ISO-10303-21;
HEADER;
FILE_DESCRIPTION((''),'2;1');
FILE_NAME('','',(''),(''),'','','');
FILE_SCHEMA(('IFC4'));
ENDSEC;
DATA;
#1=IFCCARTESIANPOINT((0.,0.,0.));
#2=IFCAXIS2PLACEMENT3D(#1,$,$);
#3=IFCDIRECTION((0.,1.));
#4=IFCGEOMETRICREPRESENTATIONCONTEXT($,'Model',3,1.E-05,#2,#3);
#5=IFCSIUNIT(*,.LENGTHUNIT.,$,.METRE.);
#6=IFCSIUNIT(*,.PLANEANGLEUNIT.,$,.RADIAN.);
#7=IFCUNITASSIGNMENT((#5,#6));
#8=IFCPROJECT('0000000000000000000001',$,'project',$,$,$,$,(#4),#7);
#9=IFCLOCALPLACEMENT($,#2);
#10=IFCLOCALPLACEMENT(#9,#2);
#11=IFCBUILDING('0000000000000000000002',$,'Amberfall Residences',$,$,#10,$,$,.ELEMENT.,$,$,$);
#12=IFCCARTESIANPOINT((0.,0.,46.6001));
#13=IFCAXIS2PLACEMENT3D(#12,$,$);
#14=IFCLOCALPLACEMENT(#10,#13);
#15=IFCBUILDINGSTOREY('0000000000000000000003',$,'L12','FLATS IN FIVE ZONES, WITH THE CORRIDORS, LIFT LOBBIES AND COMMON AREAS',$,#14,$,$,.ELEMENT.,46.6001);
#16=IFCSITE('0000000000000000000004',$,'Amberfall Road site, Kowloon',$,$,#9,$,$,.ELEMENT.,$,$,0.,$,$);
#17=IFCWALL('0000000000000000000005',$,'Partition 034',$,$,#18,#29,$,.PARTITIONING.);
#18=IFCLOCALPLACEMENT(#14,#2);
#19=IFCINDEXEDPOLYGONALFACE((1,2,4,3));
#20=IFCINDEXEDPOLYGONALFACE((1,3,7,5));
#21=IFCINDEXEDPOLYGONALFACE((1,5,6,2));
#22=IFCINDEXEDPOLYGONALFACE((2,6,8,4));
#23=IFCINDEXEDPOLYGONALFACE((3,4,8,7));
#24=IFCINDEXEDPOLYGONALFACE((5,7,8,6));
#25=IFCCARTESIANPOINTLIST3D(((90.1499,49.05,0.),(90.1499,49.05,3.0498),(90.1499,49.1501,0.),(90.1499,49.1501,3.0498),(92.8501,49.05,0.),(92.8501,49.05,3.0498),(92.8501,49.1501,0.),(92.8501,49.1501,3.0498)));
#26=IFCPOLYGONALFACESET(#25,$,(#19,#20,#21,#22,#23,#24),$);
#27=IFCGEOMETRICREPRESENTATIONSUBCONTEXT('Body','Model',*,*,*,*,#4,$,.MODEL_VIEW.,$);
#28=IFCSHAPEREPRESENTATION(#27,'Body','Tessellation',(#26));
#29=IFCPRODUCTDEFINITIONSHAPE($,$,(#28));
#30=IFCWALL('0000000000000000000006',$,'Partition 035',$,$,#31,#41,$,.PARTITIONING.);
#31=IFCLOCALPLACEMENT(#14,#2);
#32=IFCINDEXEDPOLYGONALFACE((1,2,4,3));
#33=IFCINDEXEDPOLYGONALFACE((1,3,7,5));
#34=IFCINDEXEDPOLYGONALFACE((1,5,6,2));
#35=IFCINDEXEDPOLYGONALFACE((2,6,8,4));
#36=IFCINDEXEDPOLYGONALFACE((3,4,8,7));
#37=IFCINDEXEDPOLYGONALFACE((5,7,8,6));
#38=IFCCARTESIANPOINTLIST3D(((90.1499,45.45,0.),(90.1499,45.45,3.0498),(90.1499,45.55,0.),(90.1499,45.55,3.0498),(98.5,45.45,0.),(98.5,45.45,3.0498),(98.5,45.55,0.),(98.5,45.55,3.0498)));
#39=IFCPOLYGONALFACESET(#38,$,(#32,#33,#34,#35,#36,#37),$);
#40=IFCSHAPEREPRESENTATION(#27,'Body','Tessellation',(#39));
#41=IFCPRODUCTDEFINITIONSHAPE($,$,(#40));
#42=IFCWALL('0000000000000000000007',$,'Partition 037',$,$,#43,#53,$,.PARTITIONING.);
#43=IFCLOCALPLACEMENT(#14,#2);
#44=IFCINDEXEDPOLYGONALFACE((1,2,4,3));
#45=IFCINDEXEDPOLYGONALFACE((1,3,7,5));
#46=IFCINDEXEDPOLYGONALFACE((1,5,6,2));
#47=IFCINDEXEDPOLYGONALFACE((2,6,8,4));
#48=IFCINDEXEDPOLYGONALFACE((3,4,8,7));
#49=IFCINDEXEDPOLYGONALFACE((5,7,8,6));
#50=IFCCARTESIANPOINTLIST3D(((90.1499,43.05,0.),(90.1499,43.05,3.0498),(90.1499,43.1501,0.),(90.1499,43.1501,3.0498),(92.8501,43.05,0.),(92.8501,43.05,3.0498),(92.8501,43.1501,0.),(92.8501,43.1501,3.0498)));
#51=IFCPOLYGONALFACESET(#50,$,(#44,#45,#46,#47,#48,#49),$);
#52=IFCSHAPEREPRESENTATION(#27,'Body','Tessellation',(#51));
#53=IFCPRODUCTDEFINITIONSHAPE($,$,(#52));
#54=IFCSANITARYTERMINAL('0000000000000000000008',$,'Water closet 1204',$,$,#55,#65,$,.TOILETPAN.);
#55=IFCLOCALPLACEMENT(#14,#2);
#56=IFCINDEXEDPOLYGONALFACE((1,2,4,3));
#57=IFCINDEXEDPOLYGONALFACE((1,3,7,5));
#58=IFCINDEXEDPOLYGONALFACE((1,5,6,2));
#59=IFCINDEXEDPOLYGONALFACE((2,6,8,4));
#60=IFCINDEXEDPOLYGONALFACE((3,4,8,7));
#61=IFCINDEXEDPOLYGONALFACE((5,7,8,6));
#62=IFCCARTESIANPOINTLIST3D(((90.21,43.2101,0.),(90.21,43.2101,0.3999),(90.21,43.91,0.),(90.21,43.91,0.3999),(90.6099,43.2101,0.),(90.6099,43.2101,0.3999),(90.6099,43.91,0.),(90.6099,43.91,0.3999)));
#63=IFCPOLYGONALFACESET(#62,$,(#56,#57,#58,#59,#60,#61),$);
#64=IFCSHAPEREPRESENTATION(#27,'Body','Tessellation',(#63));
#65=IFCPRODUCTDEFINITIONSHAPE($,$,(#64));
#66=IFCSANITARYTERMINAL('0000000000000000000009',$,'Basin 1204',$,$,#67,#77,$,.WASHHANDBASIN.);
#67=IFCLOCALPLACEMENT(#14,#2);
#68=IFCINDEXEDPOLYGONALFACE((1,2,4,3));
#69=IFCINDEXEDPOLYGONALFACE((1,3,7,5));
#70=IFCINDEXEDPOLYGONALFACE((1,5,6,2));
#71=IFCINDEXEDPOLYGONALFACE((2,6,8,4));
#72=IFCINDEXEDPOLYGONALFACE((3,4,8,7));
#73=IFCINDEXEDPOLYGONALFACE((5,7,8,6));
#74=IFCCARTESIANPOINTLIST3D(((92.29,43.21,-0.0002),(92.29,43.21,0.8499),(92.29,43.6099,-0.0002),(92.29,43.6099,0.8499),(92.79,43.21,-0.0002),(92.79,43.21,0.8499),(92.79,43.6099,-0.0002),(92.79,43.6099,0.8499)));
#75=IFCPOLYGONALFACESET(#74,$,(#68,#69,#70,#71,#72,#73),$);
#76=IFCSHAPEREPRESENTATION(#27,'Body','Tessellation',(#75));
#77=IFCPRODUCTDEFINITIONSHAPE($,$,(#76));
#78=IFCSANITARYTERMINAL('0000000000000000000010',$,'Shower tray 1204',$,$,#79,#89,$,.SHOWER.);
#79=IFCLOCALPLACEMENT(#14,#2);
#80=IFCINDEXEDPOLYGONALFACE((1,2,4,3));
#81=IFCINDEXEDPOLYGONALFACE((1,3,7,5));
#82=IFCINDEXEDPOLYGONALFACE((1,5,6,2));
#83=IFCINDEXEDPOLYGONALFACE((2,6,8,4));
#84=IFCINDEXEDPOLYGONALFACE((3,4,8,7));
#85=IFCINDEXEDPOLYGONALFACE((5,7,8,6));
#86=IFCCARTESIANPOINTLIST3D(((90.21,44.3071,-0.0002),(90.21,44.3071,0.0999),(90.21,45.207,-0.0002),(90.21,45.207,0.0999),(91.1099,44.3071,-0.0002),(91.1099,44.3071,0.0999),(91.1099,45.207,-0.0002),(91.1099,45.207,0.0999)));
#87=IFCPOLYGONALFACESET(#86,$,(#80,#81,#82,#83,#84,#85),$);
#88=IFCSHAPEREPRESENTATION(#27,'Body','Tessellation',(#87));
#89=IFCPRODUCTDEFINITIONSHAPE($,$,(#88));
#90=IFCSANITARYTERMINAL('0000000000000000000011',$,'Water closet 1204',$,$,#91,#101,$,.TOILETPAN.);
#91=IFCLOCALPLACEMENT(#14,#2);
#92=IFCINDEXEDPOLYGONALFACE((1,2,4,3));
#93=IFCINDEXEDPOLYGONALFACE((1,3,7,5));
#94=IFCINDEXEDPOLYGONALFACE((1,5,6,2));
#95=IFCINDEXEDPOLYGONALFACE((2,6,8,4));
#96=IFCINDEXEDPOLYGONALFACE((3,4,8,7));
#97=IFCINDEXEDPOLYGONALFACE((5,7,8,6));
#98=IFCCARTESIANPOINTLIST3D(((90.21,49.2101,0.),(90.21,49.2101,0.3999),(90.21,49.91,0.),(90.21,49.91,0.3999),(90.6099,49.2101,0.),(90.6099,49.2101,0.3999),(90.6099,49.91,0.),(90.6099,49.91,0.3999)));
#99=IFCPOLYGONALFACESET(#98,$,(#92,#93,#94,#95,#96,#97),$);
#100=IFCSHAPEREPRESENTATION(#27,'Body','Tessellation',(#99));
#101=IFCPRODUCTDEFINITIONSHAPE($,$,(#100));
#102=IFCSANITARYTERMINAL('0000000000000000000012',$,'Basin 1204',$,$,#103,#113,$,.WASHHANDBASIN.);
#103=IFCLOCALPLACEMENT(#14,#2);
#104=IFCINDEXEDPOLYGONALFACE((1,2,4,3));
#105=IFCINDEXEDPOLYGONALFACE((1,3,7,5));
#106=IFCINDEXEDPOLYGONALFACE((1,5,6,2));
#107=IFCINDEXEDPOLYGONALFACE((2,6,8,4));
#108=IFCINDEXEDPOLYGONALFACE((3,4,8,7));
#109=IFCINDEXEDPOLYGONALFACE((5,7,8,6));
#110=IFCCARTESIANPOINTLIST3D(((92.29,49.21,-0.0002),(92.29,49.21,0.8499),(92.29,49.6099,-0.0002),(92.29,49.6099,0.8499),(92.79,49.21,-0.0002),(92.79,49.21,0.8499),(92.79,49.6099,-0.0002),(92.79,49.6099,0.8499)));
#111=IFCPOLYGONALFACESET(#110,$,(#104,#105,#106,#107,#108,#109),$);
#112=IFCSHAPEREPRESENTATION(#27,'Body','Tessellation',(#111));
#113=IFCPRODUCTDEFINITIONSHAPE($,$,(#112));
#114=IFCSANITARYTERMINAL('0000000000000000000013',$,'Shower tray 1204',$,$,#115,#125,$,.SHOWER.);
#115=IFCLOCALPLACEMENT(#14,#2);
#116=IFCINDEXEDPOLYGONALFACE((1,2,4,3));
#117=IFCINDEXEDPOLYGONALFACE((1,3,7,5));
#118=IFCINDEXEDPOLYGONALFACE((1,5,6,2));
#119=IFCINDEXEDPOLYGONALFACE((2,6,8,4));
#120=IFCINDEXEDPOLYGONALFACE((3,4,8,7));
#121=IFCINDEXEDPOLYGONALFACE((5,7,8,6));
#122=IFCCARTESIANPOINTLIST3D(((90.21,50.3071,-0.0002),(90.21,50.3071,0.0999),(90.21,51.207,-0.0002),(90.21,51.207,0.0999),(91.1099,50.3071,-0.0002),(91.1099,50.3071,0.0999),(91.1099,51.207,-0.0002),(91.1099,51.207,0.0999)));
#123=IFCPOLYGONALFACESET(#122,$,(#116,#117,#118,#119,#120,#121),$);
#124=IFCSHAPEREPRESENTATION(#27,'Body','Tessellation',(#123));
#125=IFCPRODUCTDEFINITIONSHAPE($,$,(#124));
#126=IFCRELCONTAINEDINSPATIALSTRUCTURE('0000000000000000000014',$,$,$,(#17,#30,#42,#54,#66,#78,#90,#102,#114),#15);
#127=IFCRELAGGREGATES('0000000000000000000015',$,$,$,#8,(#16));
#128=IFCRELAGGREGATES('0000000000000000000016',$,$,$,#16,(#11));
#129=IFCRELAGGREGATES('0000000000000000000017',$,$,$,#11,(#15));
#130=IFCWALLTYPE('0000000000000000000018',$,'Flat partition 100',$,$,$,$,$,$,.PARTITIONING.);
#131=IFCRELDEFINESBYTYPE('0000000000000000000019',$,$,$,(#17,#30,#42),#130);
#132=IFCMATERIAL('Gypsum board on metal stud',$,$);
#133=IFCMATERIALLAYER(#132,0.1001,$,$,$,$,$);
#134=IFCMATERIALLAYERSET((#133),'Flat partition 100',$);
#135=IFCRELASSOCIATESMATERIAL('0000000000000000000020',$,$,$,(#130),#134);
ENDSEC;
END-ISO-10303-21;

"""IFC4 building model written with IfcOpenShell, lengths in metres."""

from ifc_helpers import new_model, si_unit, direction, frame, frame_2d, origin, origin_2d, place, context, subcontext, project, spatial, rectangle, extrude, material, layer, layer_set, type_object, element, save


model = new_model("IFC4")

# Units and contexts
model_context = context("Model", 3, precision=1e-05, world=origin(), true_north=direction((0.0, 1.0)))
body_context = subcontext(model_context, "Body", "Model", "MODEL_VIEW")
ifc_project = project(units=[si_unit("LENGTHUNIT", "METRE"), si_unit("PLANEANGLEUNIT", "RADIAN")], contexts=[model_context])

# Site, building, storey
site_placement = place(None, origin())
site = spatial("IfcSite", under=ifc_project, at=site_placement, Name="Amberfall Road site, Kowloon", CompositionType="ELEMENT", RefElevation=0.0)
building_placement = place(site_placement, origin())
building = spatial("IfcBuilding", under=site, at=building_placement, Name="Amberfall Residences", CompositionType="ELEMENT")
storey_placement = place(building_placement, frame((0.0, 0.0, 46.6001)))
storey = spatial("IfcBuildingStorey", under=building, at=storey_placement, Name="L12", Description="FLATS IN FIVE ZONES, WITH THE CORRIDORS, LIFT LOBBIES AND COMMON AREAS", CompositionType="ELEMENT", Elevation=46.6001)

# Walls
ifc_material_1 = material(Name="Gypsum board on metal stud")
ifc_layer_1 = layer(ifc_material_1, 0.1001)
ifc_layer_set_1 = layer_set([ifc_layer_1], Name="Flat partition 100")
wall_type_1 = type_object("IfcWallType", Name="Flat partition 100", PredefinedType="PARTITIONING", material=ifc_layer_set_1)
wall_1_placement = place(storey_placement, frame((90.1499, 49.1001, 0.0), z_axis=(0.0, 0.0, 1.0), x_axis=(1.0, 0.0, 0.0)))
element("IfcWall", 1, at=wall_1_placement, inside=storey, type_object=wall_type_1, Name="Partition 034", PredefinedType="PARTITIONING", context=body_context, shape_type="SweptSolid", body=[
    extrude(rectangle(XDim=2.7002, YDim=0.1001, at=frame_2d((1.3501, 0.0))), origin(), (0.0, 0.0, 1.0), 3.0498),
])
wall_2_placement = place(storey_placement, frame((90.1499, 45.5, 0.0), z_axis=(0.0, 0.0, 1.0), x_axis=(1.0, 0.0, 0.0)))
element("IfcWall", 2, at=wall_2_placement, inside=storey, type_object=wall_type_1, Name="Partition 035", PredefinedType="PARTITIONING", context=body_context, shape_type="SweptSolid", body=[
    extrude(rectangle(XDim=8.3501, YDim=0.1001, at=frame_2d((4.175, 0.0))), origin(), (0.0, 0.0, 1.0), 3.0498),
])
wall_3_placement = place(storey_placement, frame((90.1499, 43.1001, 0.0), z_axis=(0.0, 0.0, 1.0), x_axis=(1.0, 0.0, 0.0)))
element("IfcWall", 3, at=wall_3_placement, inside=storey, type_object=wall_type_1, Name="Partition 037", PredefinedType="PARTITIONING", context=body_context, shape_type="SweptSolid", body=[
    extrude(rectangle(XDim=2.7002, YDim=0.1001, at=frame_2d((1.3501, 0.0))), origin(), (0.0, 0.0, 1.0), 3.0498),
])

# Sanitary terminals
sanitary_terminal_1_placement = place(storey_placement, frame((90.4099, 43.5601, 0.0), z_axis=(0.0, 0.0, 1.0), x_axis=(1.0, 0.0, 0.0)))
element("IfcSanitaryTerminal", 4, at=sanitary_terminal_1_placement, inside=storey, Name="Water closet 1204", PredefinedType="TOILETPAN", context=body_context, shape_type="SweptSolid", body=[
    extrude(rectangle(XDim=0.3999, YDim=0.7, at=origin_2d()), origin(), (0.0, 0.0, 1.0), 0.3999),
])
sanitary_terminal_2_placement = place(storey_placement, frame((92.54, 43.4099, -0.0002), z_axis=(0.0, 0.0, 1.0), x_axis=(1.0, 0.0, 0.0)))
element("IfcSanitaryTerminal", 5, at=sanitary_terminal_2_placement, inside=storey, Name="Basin 1204", PredefinedType="WASHHANDBASIN", context=body_context, shape_type="SweptSolid", body=[
    extrude(rectangle(XDim=0.5, YDim=0.3999, at=origin_2d()), origin(), (0.0, 0.0, 1.0), 0.8501),
])
sanitary_terminal_3_placement = place(storey_placement, frame((90.6599, 44.7571, -0.0002), z_axis=(0.0, 0.0, 1.0), x_axis=(1.0, 0.0, 0.0)))
element("IfcSanitaryTerminal", 6, at=sanitary_terminal_3_placement, inside=storey, Name="Shower tray 1204", PredefinedType="SHOWER", context=body_context, shape_type="SweptSolid", body=[
    extrude(rectangle(XDim=0.8999, YDim=0.8999, at=origin_2d()), origin(), (0.0, 0.0, 1.0), 0.1001),
])
sanitary_terminal_4_placement = place(storey_placement, frame((90.4099, 49.5601, 0.0), z_axis=(0.0, 0.0, 1.0), x_axis=(1.0, 0.0, 0.0)))
element("IfcSanitaryTerminal", 7, at=sanitary_terminal_4_placement, inside=storey, Name="Water closet 1204", PredefinedType="TOILETPAN", context=body_context, shape_type="SweptSolid", body=[
    extrude(rectangle(XDim=0.3999, YDim=0.7, at=origin_2d()), origin(), (0.0, 0.0, 1.0), 0.3999),
])
sanitary_terminal_5_placement = place(storey_placement, frame((92.54, 49.4099, -0.0002), z_axis=(0.0, 0.0, 1.0), x_axis=(1.0, 0.0, 0.0)))
element("IfcSanitaryTerminal", 8, at=sanitary_terminal_5_placement, inside=storey, Name="Basin 1204", PredefinedType="WASHHANDBASIN", context=body_context, shape_type="SweptSolid", body=[
    extrude(rectangle(XDim=0.5, YDim=0.3999, at=origin_2d()), origin(), (0.0, 0.0, 1.0), 0.8501),
])
sanitary_terminal_6_placement = place(storey_placement, frame((90.6599, 50.7571, -0.0002), z_axis=(0.0, 0.0, 1.0), x_axis=(1.0, 0.0, 0.0)))
element("IfcSanitaryTerminal", 9, at=sanitary_terminal_6_placement, inside=storey, Name="Shower tray 1204", PredefinedType="SHOWER", context=body_context, shape_type="SweptSolid", body=[
    extrude(rectangle(XDim=0.8999, YDim=0.8999, at=origin_2d()), origin(), (0.0, 0.0, 1.0), 0.1001),
])

save(model, "model.ifc")
